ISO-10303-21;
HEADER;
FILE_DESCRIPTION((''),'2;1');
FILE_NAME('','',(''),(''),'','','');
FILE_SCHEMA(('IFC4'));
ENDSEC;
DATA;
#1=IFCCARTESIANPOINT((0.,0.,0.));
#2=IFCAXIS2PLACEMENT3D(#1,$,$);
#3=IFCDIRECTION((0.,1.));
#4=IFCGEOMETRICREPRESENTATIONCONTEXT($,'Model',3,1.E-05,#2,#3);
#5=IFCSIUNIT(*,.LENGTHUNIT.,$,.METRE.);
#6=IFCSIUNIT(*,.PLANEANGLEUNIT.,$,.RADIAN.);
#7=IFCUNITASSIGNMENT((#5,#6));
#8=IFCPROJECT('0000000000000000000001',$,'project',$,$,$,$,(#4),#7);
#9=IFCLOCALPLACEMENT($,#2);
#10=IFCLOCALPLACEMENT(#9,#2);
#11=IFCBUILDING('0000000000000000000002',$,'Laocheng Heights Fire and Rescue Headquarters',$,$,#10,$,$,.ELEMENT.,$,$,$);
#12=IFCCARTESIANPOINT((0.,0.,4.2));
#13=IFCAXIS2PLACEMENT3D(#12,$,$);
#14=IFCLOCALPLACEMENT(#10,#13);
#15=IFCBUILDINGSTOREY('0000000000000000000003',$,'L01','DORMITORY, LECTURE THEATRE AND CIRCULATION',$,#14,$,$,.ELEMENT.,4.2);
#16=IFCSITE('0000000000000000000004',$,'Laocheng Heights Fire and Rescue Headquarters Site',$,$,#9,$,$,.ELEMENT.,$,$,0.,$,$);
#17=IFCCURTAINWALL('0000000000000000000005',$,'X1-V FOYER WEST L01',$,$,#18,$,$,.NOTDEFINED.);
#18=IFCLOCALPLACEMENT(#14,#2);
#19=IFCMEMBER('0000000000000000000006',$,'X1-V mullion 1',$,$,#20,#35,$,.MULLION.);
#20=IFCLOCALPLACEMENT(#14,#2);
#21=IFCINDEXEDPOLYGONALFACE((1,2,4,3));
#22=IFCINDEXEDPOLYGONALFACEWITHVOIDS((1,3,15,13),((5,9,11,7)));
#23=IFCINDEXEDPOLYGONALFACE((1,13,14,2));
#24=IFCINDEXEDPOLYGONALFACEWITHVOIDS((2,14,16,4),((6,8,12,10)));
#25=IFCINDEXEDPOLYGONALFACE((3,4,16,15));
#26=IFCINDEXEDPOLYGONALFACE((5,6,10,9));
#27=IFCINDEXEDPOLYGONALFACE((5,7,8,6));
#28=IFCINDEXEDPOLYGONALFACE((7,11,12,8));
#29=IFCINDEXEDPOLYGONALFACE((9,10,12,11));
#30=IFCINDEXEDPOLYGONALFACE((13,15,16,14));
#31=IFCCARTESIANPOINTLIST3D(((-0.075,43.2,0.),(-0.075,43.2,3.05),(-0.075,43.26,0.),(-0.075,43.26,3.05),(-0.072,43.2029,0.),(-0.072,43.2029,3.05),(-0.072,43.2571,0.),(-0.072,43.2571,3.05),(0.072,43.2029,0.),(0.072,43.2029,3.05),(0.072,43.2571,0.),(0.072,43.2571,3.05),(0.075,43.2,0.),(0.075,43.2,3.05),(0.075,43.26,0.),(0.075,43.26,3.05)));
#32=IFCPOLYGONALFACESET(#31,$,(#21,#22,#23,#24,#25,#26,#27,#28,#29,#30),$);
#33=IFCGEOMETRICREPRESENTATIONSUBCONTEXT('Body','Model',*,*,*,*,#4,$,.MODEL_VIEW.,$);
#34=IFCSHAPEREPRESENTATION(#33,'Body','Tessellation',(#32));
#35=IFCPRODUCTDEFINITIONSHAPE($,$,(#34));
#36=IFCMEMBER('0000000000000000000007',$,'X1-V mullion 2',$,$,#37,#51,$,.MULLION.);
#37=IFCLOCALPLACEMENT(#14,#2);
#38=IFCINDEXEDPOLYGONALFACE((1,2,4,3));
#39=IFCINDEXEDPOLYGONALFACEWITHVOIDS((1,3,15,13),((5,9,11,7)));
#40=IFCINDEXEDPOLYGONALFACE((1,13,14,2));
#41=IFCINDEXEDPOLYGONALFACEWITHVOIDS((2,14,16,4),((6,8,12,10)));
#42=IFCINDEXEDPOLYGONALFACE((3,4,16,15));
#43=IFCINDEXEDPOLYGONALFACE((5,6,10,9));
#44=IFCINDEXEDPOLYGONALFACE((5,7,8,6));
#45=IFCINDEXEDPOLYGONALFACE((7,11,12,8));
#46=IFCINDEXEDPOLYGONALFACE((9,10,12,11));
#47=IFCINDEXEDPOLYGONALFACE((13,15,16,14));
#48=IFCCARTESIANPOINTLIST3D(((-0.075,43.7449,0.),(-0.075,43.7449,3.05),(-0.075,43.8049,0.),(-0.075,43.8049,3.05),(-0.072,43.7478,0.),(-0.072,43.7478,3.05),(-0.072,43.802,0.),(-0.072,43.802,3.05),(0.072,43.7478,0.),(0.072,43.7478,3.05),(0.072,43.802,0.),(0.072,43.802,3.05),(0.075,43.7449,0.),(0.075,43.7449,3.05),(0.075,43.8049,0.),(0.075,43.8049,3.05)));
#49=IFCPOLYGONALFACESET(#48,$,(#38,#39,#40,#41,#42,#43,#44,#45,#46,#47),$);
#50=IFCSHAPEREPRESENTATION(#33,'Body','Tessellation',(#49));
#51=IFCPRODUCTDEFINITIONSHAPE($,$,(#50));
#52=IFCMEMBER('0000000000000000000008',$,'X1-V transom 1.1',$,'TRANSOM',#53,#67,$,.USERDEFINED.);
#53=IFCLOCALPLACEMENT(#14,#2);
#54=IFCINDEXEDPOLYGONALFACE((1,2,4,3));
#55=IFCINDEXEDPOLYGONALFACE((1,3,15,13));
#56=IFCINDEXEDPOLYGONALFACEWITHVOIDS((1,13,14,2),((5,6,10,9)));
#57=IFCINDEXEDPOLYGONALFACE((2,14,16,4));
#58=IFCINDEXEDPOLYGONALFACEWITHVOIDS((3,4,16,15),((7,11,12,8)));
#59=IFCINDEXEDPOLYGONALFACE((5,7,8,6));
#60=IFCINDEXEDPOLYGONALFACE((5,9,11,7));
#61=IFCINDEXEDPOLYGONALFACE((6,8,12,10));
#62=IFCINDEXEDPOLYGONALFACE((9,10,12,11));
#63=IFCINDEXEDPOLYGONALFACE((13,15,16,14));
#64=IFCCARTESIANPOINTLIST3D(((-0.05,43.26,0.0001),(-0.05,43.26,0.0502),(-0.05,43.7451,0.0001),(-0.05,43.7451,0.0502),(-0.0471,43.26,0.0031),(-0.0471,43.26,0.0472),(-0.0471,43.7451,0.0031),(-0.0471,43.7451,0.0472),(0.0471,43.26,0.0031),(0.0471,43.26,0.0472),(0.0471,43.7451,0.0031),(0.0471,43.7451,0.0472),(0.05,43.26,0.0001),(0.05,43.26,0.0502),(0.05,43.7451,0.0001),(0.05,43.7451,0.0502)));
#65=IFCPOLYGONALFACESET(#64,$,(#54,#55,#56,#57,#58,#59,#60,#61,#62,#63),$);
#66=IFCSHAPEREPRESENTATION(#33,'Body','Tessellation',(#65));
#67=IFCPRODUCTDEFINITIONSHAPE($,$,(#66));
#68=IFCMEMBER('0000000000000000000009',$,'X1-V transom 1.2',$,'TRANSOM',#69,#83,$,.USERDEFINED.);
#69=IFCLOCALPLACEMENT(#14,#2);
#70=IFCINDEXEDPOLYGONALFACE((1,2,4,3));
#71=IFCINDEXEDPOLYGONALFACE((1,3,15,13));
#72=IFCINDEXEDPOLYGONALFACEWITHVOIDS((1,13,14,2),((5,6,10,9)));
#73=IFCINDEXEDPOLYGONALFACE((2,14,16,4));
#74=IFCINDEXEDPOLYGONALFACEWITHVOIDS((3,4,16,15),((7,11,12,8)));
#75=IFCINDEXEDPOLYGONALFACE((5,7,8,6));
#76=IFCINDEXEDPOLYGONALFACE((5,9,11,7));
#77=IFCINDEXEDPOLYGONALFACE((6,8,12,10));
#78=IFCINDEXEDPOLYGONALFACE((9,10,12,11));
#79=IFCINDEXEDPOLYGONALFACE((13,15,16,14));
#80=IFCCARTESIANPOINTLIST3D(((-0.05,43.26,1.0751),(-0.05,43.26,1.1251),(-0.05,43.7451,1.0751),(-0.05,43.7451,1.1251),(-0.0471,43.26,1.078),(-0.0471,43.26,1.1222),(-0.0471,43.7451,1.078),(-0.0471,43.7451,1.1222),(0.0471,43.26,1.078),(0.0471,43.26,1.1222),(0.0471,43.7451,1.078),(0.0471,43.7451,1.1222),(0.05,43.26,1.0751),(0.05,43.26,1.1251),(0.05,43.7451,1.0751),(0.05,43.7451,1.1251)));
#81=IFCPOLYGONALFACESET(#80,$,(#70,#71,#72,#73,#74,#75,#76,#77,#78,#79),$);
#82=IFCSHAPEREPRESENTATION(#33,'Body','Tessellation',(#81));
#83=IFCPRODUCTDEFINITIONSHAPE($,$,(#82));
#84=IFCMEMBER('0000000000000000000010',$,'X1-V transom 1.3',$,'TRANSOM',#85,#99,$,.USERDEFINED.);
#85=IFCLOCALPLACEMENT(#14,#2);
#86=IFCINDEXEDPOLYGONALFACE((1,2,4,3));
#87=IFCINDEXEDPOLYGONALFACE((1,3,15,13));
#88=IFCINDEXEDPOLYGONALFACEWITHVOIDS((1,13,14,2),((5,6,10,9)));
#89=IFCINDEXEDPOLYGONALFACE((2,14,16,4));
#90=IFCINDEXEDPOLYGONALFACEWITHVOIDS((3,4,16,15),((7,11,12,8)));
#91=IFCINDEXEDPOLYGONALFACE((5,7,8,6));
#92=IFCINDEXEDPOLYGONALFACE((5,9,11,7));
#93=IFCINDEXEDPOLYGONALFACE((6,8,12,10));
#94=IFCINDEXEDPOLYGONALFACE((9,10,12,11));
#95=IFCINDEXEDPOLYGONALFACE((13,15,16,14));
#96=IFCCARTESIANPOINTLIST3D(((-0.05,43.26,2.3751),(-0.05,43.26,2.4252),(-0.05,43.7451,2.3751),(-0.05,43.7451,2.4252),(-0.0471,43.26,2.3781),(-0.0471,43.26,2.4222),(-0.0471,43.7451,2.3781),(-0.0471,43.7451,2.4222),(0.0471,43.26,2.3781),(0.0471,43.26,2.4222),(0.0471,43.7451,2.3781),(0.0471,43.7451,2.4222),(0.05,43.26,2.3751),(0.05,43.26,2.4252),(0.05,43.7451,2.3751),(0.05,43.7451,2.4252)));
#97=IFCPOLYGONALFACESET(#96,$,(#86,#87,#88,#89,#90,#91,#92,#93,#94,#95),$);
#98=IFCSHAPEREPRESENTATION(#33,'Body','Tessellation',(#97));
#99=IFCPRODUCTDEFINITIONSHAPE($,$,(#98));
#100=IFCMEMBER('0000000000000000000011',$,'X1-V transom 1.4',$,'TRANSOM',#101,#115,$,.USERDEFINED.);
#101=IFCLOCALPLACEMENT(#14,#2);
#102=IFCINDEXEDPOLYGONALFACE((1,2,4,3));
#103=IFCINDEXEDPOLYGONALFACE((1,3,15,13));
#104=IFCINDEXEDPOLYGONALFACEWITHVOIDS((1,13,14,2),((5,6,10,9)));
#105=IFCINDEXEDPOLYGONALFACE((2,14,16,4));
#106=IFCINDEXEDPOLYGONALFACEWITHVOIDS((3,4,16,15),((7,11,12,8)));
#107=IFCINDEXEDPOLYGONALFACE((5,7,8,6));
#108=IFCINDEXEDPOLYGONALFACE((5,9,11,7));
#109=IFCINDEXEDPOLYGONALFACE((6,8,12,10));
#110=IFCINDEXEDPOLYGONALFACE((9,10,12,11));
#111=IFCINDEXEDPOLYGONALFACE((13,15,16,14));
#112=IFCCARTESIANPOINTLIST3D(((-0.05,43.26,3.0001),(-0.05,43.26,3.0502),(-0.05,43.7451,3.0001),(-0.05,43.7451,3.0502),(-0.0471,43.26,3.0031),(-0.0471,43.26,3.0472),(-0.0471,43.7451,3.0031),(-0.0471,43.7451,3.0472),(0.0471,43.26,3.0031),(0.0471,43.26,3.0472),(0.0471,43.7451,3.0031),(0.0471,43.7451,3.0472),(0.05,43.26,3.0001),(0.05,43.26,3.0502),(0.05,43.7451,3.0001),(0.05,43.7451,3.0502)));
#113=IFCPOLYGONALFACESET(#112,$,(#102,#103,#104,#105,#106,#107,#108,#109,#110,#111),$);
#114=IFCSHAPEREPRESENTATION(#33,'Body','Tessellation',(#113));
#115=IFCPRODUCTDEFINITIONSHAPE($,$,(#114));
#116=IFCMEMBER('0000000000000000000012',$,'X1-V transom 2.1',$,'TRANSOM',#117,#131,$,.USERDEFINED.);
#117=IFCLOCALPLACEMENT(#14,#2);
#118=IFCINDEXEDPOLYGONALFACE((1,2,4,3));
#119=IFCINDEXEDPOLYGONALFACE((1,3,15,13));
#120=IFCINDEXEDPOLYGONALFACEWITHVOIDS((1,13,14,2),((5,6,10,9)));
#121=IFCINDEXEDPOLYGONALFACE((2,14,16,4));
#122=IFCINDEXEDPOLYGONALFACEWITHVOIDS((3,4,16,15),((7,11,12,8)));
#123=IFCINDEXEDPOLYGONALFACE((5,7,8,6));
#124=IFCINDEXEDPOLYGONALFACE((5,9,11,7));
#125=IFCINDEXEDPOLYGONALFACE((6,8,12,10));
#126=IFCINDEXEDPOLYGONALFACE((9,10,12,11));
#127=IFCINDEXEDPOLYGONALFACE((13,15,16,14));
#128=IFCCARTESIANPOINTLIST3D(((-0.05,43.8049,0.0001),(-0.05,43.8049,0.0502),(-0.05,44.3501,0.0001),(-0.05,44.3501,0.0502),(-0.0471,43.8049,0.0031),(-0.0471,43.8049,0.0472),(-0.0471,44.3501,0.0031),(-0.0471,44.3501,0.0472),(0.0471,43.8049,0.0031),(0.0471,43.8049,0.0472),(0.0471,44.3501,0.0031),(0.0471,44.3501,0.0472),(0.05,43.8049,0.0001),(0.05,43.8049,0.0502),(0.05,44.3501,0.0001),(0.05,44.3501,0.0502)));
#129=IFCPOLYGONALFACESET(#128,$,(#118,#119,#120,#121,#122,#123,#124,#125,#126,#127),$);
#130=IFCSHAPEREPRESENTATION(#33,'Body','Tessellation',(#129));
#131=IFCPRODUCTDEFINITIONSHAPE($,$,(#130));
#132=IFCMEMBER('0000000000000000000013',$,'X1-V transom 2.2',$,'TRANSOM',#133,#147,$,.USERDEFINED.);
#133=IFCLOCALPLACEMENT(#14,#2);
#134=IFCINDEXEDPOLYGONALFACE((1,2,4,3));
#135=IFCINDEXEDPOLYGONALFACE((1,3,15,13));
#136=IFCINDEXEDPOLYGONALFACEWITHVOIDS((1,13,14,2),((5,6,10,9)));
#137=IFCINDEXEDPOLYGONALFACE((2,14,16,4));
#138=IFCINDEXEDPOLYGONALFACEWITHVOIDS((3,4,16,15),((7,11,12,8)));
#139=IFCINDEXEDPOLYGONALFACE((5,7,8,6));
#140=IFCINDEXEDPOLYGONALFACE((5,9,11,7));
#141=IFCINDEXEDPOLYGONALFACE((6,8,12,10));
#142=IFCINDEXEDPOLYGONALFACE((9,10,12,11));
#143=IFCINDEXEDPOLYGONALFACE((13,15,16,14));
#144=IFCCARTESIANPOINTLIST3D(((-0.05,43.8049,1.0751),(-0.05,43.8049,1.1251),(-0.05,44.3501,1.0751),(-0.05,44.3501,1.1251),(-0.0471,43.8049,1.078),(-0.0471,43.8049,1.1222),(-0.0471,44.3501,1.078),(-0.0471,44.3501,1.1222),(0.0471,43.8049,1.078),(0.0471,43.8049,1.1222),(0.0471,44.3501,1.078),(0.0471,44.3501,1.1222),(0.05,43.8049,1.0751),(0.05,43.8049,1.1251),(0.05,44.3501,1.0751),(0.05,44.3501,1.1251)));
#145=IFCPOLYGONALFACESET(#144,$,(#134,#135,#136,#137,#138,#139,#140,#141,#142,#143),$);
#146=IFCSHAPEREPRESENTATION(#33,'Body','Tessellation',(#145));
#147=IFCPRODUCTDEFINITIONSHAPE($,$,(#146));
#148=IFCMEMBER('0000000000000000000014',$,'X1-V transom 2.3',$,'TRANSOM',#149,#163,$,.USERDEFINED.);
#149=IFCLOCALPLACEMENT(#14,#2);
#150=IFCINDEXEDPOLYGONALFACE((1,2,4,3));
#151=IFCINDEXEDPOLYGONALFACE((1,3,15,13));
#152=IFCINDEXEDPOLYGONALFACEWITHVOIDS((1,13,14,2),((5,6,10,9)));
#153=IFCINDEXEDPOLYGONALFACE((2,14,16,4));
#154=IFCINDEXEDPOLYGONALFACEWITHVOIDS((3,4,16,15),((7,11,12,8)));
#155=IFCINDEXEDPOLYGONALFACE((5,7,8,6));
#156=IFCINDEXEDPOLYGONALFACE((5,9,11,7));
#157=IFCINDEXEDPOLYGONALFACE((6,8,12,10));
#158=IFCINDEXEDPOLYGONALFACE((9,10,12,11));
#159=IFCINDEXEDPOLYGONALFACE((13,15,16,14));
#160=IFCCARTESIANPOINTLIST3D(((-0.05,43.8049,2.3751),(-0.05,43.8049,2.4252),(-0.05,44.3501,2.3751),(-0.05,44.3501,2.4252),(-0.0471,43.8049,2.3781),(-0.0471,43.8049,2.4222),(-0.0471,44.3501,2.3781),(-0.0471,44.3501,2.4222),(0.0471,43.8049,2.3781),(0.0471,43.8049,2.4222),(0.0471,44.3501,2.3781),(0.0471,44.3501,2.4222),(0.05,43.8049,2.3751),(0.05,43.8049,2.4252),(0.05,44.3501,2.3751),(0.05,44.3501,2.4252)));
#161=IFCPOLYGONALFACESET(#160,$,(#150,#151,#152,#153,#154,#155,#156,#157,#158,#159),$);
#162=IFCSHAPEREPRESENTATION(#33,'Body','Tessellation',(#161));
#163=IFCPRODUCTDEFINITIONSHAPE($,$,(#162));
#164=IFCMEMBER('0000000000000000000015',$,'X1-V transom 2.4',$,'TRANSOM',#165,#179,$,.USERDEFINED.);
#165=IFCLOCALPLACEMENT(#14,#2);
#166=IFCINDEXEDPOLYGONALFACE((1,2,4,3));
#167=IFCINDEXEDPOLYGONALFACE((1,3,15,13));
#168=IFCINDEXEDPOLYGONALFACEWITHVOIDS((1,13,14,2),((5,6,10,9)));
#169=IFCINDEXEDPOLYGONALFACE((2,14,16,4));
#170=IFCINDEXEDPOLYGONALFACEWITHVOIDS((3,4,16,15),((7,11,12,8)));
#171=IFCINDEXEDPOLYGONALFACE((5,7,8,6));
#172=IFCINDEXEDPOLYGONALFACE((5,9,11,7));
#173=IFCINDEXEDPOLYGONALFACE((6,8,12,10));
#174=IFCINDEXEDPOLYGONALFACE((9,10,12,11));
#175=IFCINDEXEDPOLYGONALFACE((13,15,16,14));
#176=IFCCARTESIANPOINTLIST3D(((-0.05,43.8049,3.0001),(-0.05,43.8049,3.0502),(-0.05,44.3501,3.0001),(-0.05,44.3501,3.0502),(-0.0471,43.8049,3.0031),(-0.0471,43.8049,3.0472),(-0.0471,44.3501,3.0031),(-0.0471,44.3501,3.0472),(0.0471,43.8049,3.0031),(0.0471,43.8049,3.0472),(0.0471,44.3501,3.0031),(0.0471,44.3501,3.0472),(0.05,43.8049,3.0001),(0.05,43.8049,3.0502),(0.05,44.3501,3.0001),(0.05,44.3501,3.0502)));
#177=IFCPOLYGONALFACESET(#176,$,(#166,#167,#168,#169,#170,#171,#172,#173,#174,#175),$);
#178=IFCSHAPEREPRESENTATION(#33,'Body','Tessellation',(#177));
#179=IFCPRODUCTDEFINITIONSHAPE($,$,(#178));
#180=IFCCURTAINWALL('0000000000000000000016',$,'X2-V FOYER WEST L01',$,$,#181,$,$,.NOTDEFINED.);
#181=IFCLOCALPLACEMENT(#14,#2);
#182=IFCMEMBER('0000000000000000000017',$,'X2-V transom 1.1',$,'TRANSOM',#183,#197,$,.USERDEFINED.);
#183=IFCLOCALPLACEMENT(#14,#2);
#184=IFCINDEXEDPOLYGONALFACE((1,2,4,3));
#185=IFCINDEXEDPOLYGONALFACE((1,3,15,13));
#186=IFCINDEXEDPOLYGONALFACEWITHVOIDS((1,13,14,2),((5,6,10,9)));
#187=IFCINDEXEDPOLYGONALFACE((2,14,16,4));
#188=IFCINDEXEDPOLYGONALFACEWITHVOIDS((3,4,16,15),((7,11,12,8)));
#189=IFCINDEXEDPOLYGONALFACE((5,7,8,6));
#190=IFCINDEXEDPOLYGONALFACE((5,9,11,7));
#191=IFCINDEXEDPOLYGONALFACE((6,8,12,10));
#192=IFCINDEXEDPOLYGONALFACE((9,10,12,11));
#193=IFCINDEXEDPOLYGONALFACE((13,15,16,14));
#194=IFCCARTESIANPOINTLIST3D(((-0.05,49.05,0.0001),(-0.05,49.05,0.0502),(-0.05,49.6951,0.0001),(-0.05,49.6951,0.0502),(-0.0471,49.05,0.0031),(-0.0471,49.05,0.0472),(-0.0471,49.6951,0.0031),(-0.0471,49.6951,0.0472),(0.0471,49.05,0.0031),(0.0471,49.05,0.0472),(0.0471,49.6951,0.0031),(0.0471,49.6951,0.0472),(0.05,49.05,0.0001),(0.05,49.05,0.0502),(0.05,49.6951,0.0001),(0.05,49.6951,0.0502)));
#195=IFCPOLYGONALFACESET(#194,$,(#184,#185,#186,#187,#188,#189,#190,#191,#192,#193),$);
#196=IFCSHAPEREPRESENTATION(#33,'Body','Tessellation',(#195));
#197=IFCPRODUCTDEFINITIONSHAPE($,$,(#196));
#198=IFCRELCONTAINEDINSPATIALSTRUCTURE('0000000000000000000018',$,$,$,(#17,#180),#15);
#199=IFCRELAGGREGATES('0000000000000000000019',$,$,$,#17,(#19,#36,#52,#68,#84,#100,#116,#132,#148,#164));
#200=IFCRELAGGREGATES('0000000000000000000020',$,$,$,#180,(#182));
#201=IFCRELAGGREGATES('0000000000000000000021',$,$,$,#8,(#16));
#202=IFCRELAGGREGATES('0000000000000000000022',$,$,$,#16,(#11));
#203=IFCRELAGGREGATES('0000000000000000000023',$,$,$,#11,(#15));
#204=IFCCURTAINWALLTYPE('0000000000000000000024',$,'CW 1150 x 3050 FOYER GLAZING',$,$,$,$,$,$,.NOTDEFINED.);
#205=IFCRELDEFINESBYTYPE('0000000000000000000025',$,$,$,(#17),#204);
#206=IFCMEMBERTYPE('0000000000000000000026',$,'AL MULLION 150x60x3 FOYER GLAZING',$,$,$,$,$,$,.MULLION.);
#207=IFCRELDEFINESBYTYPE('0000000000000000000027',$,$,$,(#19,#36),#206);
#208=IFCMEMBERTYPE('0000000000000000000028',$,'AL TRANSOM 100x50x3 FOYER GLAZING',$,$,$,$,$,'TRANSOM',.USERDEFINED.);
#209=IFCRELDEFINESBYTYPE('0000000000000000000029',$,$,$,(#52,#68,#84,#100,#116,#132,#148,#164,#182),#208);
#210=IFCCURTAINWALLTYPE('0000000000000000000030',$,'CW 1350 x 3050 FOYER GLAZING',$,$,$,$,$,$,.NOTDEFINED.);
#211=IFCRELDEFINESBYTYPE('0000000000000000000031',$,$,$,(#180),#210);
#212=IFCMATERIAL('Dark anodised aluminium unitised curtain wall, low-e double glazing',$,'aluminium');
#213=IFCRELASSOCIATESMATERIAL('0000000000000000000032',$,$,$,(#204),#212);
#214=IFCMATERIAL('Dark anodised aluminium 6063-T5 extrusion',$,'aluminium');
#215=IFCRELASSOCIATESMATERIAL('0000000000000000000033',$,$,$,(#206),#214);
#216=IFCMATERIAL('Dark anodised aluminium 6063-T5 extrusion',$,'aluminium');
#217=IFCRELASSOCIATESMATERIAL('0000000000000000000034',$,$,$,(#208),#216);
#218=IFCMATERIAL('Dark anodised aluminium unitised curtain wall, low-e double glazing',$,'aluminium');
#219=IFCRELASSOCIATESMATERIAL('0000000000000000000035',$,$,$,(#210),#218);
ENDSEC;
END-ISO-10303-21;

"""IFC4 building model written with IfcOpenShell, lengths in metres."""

from ifc_helpers import new_model, si_unit, direction, frame, origin, origin_2d, place, context, subcontext, project, spatial, hollow_rectangle, extrude, material, material_profile, profile_set, type_object, element, aggregate, save


model = new_model("IFC4")

# Units and contexts
model_context = context("Model", 3, precision=1e-05, world=origin(), true_north=direction((0.0, 1.0)))
body_context = subcontext(model_context, "Body", "Model", "MODEL_VIEW")
ifc_project = project(units=[si_unit("LENGTHUNIT", "METRE"), si_unit("PLANEANGLEUNIT", "RADIAN")], contexts=[model_context])

# Site, building, storey
site_placement = place(None, origin())
site = spatial("IfcSite", under=ifc_project, at=site_placement, Name="Laocheng Heights Fire and Rescue Headquarters Site", CompositionType="ELEMENT", RefElevation=0.0)
building_placement = place(site_placement, origin())
building = spatial("IfcBuilding", under=site, at=building_placement, Name="Laocheng Heights Fire and Rescue Headquarters", CompositionType="ELEMENT")
storey_placement = place(building_placement, frame((0.0, 0.0, 4.2)))
storey = spatial("IfcBuildingStorey", under=building, at=storey_placement, Name="L01", Description="DORMITORY, LECTURE THEATRE AND CIRCULATION", CompositionType="ELEMENT", Elevation=4.2)

# Curtain walls, members
ifc_material_1 = material(Name="Dark anodised aluminium unitised curtain wall, low-e double glazing", Category="aluminium")
curtain_wall_type_1 = type_object("IfcCurtainWallType", Name="CW 1150 x 3050 FOYER GLAZING", PredefinedType="NOTDEFINED", material=ifc_material_1)
curtain_wall_1_placement = place(storey_placement, origin())
curtain_wall_1 = element("IfcCurtainWall", 1, at=curtain_wall_1_placement, inside=storey, type_object=curtain_wall_type_1, Name="X1-V FOYER WEST L01", PredefinedType="NOTDEFINED")
ifc_material_2 = material(Name="Dark anodised aluminium 6063-T5 extrusion", Category="aluminium")
ifc_material_profile_1 = material_profile(ifc_material_2, hollow_rectangle(XDim=0.1499, YDim=0.0601, WallThickness=0.0029, at=origin_2d()), Name="AL MULLION 150x60x3 FOYER GLAZING")
ifc_profile_set_1 = profile_set([ifc_material_profile_1], Name="Dark anodised aluminium 6063-T5 extrusion")
member_type_1 = type_object("IfcMemberType", Name="AL MULLION 150x60x3 FOYER GLAZING", PredefinedType="MULLION", material=ifc_profile_set_1)
member_1_placement = place(storey_placement, frame((0.0, 43.23, 0.0), z_axis=(0.0, 0.0, 1.0), x_axis=(-1.0, 0.0, 0.0)))
member_1 = element("IfcMember", 2, at=member_1_placement, type_object=member_type_1, Name="X1-V mullion 1", PredefinedType="MULLION", context=body_context, shape_type="SweptSolid", body=[
    extrude(hollow_rectangle(XDim=0.1499, YDim=0.0601, WallThickness=0.0029, at=origin_2d()), origin(), (0.0, 0.0, 1.0), 3.05),
])
member_2_placement = place(storey_placement, frame((0.0, 43.7749, 0.0), z_axis=(0.0, 0.0, 1.0), x_axis=(-1.0, 0.0, 0.0)))
member_2 = element("IfcMember", 3, at=member_2_placement, type_object=member_type_1, Name="X1-V mullion 2", PredefinedType="MULLION", context=body_context, shape_type="SweptSolid", body=[
    extrude(hollow_rectangle(XDim=0.1499, YDim=0.0601, WallThickness=0.0029, at=origin_2d()), origin(), (0.0, 0.0, 1.0), 3.05),
])
ifc_material_3 = material(Name="Dark anodised aluminium 6063-T5 extrusion", Category="aluminium")
ifc_material_profile_2 = material_profile(ifc_material_3, hollow_rectangle(XDim=0.1001, YDim=0.05, WallThickness=0.0029, at=origin_2d()), Name="AL TRANSOM 100x50x3 FOYER GLAZING")
ifc_profile_set_2 = profile_set([ifc_material_profile_2], Name="Dark anodised aluminium 6063-T5 extrusion")
member_type_2 = type_object("IfcMemberType", Name="AL TRANSOM 100x50x3 FOYER GLAZING", ElementType="TRANSOM", PredefinedType="USERDEFINED", material=ifc_profile_set_2)
member_3_placement = place(storey_placement, frame((0.0, 43.26, 0.0251), z_axis=(0.0, 1.0, 0.0), x_axis=(-1.0, 0.0, 0.0)))
member_3 = element("IfcMember", 4, at=member_3_placement, type_object=member_type_2, Name="X1-V transom 1.1", ObjectType="TRANSOM", PredefinedType="USERDEFINED", context=body_context, shape_type="SweptSolid", body=[
    extrude(hollow_rectangle(XDim=0.1001, YDim=0.05, WallThickness=0.0029, at=origin_2d()), origin(), (0.0, 0.0, 1.0), 0.4851),
])
member_4_placement = place(storey_placement, frame((0.0, 43.26, 1.1001), z_axis=(0.0, 1.0, 0.0), x_axis=(-1.0, 0.0, 0.0)))
member_4 = element("IfcMember", 5, at=member_4_placement, type_object=member_type_2, Name="X1-V transom 1.2", ObjectType="TRANSOM", PredefinedType="USERDEFINED", context=body_context, shape_type="SweptSolid", body=[
    extrude(hollow_rectangle(XDim=0.1001, YDim=0.05, WallThickness=0.0029, at=origin_2d()), origin(), (0.0, 0.0, 1.0), 0.4851),
])
member_5_placement = place(storey_placement, frame((0.0, 43.26, 2.4001), z_axis=(0.0, 1.0, 0.0), x_axis=(-1.0, 0.0, 0.0)))
member_5 = element("IfcMember", 6, at=member_5_placement, type_object=member_type_2, Name="X1-V transom 1.3", ObjectType="TRANSOM", PredefinedType="USERDEFINED", context=body_context, shape_type="SweptSolid", body=[
    extrude(hollow_rectangle(XDim=0.1001, YDim=0.05, WallThickness=0.0029, at=origin_2d()), origin(), (0.0, 0.0, 1.0), 0.4851),
])
member_6_placement = place(storey_placement, frame((0.0, 43.26, 3.0251), z_axis=(0.0, 1.0, 0.0), x_axis=(-1.0, 0.0, 0.0)))
member_6 = element("IfcMember", 7, at=member_6_placement, type_object=member_type_2, Name="X1-V transom 1.4", ObjectType="TRANSOM", PredefinedType="USERDEFINED", context=body_context, shape_type="SweptSolid", body=[
    extrude(hollow_rectangle(XDim=0.1001, YDim=0.05, WallThickness=0.0029, at=origin_2d()), origin(), (0.0, 0.0, 1.0), 0.4851),
])
member_7_placement = place(storey_placement, frame((0.0, 43.8049, 0.0251), z_axis=(0.0, 1.0, 0.0), x_axis=(-1.0, 0.0, 0.0)))
member_7 = element("IfcMember", 8, at=member_7_placement, type_object=member_type_2, Name="X1-V transom 2.1", ObjectType="TRANSOM", PredefinedType="USERDEFINED", context=body_context, shape_type="SweptSolid", body=[
    extrude(hollow_rectangle(XDim=0.1001, YDim=0.05, WallThickness=0.0029, at=origin_2d()), origin(), (0.0, 0.0, 1.0), 0.5452),
])
member_8_placement = place(storey_placement, frame((0.0, 43.8049, 1.1001), z_axis=(0.0, 1.0, 0.0), x_axis=(-1.0, 0.0, 0.0)))
member_8 = element("IfcMember", 9, at=member_8_placement, type_object=member_type_2, Name="X1-V transom 2.2", ObjectType="TRANSOM", PredefinedType="USERDEFINED", context=body_context, shape_type="SweptSolid", body=[
    extrude(hollow_rectangle(XDim=0.1001, YDim=0.05, WallThickness=0.0029, at=origin_2d()), origin(), (0.0, 0.0, 1.0), 0.5452),
])
member_9_placement = place(storey_placement, frame((0.0, 43.8049, 2.4001), z_axis=(0.0, 1.0, 0.0), x_axis=(-1.0, 0.0, 0.0)))
member_9 = element("IfcMember", 10, at=member_9_placement, type_object=member_type_2, Name="X1-V transom 2.3", ObjectType="TRANSOM", PredefinedType="USERDEFINED", context=body_context, shape_type="SweptSolid", body=[
    extrude(hollow_rectangle(XDim=0.1001, YDim=0.05, WallThickness=0.0029, at=origin_2d()), origin(), (0.0, 0.0, 1.0), 0.5452),
])
member_10_placement = place(storey_placement, frame((0.0, 43.8049, 3.0251), z_axis=(0.0, 1.0, 0.0), x_axis=(-1.0, 0.0, 0.0)))
member_10 = element("IfcMember", 11, at=member_10_placement, type_object=member_type_2, Name="X1-V transom 2.4", ObjectType="TRANSOM", PredefinedType="USERDEFINED", context=body_context, shape_type="SweptSolid", body=[
    extrude(hollow_rectangle(XDim=0.1001, YDim=0.05, WallThickness=0.0029, at=origin_2d()), origin(), (0.0, 0.0, 1.0), 0.5452),
])
ifc_material_4 = material(Name="Dark anodised aluminium unitised curtain wall, low-e double glazing", Category="aluminium")
curtain_wall_type_2 = type_object("IfcCurtainWallType", Name="CW 1350 x 3050 FOYER GLAZING", PredefinedType="NOTDEFINED", material=ifc_material_4)
curtain_wall_2_placement = place(storey_placement, origin())
curtain_wall_2 = element("IfcCurtainWall", 12, at=curtain_wall_2_placement, inside=storey, type_object=curtain_wall_type_2, Name="X2-V FOYER WEST L01", PredefinedType="NOTDEFINED")
member_11_placement = place(storey_placement, frame((0.0, 49.05, 0.0251), z_axis=(0.0, 1.0, 0.0), x_axis=(-1.0, 0.0, 0.0)))
member_11 = element("IfcMember", 13, at=member_11_placement, type_object=member_type_2, Name="X2-V transom 1.1", ObjectType="TRANSOM", PredefinedType="USERDEFINED", context=body_context, shape_type="SweptSolid", body=[
    extrude(hollow_rectangle(XDim=0.1001, YDim=0.05, WallThickness=0.0029, at=origin_2d()), origin(), (0.0, 0.0, 1.0), 0.645),
])

aggregate(curtain_wall_1, [member_1, member_2, member_3, member_4, member_5, member_6, member_7, member_8, member_9, member_10])
aggregate(curtain_wall_2, [member_11])

save(model, "model.ifc")
